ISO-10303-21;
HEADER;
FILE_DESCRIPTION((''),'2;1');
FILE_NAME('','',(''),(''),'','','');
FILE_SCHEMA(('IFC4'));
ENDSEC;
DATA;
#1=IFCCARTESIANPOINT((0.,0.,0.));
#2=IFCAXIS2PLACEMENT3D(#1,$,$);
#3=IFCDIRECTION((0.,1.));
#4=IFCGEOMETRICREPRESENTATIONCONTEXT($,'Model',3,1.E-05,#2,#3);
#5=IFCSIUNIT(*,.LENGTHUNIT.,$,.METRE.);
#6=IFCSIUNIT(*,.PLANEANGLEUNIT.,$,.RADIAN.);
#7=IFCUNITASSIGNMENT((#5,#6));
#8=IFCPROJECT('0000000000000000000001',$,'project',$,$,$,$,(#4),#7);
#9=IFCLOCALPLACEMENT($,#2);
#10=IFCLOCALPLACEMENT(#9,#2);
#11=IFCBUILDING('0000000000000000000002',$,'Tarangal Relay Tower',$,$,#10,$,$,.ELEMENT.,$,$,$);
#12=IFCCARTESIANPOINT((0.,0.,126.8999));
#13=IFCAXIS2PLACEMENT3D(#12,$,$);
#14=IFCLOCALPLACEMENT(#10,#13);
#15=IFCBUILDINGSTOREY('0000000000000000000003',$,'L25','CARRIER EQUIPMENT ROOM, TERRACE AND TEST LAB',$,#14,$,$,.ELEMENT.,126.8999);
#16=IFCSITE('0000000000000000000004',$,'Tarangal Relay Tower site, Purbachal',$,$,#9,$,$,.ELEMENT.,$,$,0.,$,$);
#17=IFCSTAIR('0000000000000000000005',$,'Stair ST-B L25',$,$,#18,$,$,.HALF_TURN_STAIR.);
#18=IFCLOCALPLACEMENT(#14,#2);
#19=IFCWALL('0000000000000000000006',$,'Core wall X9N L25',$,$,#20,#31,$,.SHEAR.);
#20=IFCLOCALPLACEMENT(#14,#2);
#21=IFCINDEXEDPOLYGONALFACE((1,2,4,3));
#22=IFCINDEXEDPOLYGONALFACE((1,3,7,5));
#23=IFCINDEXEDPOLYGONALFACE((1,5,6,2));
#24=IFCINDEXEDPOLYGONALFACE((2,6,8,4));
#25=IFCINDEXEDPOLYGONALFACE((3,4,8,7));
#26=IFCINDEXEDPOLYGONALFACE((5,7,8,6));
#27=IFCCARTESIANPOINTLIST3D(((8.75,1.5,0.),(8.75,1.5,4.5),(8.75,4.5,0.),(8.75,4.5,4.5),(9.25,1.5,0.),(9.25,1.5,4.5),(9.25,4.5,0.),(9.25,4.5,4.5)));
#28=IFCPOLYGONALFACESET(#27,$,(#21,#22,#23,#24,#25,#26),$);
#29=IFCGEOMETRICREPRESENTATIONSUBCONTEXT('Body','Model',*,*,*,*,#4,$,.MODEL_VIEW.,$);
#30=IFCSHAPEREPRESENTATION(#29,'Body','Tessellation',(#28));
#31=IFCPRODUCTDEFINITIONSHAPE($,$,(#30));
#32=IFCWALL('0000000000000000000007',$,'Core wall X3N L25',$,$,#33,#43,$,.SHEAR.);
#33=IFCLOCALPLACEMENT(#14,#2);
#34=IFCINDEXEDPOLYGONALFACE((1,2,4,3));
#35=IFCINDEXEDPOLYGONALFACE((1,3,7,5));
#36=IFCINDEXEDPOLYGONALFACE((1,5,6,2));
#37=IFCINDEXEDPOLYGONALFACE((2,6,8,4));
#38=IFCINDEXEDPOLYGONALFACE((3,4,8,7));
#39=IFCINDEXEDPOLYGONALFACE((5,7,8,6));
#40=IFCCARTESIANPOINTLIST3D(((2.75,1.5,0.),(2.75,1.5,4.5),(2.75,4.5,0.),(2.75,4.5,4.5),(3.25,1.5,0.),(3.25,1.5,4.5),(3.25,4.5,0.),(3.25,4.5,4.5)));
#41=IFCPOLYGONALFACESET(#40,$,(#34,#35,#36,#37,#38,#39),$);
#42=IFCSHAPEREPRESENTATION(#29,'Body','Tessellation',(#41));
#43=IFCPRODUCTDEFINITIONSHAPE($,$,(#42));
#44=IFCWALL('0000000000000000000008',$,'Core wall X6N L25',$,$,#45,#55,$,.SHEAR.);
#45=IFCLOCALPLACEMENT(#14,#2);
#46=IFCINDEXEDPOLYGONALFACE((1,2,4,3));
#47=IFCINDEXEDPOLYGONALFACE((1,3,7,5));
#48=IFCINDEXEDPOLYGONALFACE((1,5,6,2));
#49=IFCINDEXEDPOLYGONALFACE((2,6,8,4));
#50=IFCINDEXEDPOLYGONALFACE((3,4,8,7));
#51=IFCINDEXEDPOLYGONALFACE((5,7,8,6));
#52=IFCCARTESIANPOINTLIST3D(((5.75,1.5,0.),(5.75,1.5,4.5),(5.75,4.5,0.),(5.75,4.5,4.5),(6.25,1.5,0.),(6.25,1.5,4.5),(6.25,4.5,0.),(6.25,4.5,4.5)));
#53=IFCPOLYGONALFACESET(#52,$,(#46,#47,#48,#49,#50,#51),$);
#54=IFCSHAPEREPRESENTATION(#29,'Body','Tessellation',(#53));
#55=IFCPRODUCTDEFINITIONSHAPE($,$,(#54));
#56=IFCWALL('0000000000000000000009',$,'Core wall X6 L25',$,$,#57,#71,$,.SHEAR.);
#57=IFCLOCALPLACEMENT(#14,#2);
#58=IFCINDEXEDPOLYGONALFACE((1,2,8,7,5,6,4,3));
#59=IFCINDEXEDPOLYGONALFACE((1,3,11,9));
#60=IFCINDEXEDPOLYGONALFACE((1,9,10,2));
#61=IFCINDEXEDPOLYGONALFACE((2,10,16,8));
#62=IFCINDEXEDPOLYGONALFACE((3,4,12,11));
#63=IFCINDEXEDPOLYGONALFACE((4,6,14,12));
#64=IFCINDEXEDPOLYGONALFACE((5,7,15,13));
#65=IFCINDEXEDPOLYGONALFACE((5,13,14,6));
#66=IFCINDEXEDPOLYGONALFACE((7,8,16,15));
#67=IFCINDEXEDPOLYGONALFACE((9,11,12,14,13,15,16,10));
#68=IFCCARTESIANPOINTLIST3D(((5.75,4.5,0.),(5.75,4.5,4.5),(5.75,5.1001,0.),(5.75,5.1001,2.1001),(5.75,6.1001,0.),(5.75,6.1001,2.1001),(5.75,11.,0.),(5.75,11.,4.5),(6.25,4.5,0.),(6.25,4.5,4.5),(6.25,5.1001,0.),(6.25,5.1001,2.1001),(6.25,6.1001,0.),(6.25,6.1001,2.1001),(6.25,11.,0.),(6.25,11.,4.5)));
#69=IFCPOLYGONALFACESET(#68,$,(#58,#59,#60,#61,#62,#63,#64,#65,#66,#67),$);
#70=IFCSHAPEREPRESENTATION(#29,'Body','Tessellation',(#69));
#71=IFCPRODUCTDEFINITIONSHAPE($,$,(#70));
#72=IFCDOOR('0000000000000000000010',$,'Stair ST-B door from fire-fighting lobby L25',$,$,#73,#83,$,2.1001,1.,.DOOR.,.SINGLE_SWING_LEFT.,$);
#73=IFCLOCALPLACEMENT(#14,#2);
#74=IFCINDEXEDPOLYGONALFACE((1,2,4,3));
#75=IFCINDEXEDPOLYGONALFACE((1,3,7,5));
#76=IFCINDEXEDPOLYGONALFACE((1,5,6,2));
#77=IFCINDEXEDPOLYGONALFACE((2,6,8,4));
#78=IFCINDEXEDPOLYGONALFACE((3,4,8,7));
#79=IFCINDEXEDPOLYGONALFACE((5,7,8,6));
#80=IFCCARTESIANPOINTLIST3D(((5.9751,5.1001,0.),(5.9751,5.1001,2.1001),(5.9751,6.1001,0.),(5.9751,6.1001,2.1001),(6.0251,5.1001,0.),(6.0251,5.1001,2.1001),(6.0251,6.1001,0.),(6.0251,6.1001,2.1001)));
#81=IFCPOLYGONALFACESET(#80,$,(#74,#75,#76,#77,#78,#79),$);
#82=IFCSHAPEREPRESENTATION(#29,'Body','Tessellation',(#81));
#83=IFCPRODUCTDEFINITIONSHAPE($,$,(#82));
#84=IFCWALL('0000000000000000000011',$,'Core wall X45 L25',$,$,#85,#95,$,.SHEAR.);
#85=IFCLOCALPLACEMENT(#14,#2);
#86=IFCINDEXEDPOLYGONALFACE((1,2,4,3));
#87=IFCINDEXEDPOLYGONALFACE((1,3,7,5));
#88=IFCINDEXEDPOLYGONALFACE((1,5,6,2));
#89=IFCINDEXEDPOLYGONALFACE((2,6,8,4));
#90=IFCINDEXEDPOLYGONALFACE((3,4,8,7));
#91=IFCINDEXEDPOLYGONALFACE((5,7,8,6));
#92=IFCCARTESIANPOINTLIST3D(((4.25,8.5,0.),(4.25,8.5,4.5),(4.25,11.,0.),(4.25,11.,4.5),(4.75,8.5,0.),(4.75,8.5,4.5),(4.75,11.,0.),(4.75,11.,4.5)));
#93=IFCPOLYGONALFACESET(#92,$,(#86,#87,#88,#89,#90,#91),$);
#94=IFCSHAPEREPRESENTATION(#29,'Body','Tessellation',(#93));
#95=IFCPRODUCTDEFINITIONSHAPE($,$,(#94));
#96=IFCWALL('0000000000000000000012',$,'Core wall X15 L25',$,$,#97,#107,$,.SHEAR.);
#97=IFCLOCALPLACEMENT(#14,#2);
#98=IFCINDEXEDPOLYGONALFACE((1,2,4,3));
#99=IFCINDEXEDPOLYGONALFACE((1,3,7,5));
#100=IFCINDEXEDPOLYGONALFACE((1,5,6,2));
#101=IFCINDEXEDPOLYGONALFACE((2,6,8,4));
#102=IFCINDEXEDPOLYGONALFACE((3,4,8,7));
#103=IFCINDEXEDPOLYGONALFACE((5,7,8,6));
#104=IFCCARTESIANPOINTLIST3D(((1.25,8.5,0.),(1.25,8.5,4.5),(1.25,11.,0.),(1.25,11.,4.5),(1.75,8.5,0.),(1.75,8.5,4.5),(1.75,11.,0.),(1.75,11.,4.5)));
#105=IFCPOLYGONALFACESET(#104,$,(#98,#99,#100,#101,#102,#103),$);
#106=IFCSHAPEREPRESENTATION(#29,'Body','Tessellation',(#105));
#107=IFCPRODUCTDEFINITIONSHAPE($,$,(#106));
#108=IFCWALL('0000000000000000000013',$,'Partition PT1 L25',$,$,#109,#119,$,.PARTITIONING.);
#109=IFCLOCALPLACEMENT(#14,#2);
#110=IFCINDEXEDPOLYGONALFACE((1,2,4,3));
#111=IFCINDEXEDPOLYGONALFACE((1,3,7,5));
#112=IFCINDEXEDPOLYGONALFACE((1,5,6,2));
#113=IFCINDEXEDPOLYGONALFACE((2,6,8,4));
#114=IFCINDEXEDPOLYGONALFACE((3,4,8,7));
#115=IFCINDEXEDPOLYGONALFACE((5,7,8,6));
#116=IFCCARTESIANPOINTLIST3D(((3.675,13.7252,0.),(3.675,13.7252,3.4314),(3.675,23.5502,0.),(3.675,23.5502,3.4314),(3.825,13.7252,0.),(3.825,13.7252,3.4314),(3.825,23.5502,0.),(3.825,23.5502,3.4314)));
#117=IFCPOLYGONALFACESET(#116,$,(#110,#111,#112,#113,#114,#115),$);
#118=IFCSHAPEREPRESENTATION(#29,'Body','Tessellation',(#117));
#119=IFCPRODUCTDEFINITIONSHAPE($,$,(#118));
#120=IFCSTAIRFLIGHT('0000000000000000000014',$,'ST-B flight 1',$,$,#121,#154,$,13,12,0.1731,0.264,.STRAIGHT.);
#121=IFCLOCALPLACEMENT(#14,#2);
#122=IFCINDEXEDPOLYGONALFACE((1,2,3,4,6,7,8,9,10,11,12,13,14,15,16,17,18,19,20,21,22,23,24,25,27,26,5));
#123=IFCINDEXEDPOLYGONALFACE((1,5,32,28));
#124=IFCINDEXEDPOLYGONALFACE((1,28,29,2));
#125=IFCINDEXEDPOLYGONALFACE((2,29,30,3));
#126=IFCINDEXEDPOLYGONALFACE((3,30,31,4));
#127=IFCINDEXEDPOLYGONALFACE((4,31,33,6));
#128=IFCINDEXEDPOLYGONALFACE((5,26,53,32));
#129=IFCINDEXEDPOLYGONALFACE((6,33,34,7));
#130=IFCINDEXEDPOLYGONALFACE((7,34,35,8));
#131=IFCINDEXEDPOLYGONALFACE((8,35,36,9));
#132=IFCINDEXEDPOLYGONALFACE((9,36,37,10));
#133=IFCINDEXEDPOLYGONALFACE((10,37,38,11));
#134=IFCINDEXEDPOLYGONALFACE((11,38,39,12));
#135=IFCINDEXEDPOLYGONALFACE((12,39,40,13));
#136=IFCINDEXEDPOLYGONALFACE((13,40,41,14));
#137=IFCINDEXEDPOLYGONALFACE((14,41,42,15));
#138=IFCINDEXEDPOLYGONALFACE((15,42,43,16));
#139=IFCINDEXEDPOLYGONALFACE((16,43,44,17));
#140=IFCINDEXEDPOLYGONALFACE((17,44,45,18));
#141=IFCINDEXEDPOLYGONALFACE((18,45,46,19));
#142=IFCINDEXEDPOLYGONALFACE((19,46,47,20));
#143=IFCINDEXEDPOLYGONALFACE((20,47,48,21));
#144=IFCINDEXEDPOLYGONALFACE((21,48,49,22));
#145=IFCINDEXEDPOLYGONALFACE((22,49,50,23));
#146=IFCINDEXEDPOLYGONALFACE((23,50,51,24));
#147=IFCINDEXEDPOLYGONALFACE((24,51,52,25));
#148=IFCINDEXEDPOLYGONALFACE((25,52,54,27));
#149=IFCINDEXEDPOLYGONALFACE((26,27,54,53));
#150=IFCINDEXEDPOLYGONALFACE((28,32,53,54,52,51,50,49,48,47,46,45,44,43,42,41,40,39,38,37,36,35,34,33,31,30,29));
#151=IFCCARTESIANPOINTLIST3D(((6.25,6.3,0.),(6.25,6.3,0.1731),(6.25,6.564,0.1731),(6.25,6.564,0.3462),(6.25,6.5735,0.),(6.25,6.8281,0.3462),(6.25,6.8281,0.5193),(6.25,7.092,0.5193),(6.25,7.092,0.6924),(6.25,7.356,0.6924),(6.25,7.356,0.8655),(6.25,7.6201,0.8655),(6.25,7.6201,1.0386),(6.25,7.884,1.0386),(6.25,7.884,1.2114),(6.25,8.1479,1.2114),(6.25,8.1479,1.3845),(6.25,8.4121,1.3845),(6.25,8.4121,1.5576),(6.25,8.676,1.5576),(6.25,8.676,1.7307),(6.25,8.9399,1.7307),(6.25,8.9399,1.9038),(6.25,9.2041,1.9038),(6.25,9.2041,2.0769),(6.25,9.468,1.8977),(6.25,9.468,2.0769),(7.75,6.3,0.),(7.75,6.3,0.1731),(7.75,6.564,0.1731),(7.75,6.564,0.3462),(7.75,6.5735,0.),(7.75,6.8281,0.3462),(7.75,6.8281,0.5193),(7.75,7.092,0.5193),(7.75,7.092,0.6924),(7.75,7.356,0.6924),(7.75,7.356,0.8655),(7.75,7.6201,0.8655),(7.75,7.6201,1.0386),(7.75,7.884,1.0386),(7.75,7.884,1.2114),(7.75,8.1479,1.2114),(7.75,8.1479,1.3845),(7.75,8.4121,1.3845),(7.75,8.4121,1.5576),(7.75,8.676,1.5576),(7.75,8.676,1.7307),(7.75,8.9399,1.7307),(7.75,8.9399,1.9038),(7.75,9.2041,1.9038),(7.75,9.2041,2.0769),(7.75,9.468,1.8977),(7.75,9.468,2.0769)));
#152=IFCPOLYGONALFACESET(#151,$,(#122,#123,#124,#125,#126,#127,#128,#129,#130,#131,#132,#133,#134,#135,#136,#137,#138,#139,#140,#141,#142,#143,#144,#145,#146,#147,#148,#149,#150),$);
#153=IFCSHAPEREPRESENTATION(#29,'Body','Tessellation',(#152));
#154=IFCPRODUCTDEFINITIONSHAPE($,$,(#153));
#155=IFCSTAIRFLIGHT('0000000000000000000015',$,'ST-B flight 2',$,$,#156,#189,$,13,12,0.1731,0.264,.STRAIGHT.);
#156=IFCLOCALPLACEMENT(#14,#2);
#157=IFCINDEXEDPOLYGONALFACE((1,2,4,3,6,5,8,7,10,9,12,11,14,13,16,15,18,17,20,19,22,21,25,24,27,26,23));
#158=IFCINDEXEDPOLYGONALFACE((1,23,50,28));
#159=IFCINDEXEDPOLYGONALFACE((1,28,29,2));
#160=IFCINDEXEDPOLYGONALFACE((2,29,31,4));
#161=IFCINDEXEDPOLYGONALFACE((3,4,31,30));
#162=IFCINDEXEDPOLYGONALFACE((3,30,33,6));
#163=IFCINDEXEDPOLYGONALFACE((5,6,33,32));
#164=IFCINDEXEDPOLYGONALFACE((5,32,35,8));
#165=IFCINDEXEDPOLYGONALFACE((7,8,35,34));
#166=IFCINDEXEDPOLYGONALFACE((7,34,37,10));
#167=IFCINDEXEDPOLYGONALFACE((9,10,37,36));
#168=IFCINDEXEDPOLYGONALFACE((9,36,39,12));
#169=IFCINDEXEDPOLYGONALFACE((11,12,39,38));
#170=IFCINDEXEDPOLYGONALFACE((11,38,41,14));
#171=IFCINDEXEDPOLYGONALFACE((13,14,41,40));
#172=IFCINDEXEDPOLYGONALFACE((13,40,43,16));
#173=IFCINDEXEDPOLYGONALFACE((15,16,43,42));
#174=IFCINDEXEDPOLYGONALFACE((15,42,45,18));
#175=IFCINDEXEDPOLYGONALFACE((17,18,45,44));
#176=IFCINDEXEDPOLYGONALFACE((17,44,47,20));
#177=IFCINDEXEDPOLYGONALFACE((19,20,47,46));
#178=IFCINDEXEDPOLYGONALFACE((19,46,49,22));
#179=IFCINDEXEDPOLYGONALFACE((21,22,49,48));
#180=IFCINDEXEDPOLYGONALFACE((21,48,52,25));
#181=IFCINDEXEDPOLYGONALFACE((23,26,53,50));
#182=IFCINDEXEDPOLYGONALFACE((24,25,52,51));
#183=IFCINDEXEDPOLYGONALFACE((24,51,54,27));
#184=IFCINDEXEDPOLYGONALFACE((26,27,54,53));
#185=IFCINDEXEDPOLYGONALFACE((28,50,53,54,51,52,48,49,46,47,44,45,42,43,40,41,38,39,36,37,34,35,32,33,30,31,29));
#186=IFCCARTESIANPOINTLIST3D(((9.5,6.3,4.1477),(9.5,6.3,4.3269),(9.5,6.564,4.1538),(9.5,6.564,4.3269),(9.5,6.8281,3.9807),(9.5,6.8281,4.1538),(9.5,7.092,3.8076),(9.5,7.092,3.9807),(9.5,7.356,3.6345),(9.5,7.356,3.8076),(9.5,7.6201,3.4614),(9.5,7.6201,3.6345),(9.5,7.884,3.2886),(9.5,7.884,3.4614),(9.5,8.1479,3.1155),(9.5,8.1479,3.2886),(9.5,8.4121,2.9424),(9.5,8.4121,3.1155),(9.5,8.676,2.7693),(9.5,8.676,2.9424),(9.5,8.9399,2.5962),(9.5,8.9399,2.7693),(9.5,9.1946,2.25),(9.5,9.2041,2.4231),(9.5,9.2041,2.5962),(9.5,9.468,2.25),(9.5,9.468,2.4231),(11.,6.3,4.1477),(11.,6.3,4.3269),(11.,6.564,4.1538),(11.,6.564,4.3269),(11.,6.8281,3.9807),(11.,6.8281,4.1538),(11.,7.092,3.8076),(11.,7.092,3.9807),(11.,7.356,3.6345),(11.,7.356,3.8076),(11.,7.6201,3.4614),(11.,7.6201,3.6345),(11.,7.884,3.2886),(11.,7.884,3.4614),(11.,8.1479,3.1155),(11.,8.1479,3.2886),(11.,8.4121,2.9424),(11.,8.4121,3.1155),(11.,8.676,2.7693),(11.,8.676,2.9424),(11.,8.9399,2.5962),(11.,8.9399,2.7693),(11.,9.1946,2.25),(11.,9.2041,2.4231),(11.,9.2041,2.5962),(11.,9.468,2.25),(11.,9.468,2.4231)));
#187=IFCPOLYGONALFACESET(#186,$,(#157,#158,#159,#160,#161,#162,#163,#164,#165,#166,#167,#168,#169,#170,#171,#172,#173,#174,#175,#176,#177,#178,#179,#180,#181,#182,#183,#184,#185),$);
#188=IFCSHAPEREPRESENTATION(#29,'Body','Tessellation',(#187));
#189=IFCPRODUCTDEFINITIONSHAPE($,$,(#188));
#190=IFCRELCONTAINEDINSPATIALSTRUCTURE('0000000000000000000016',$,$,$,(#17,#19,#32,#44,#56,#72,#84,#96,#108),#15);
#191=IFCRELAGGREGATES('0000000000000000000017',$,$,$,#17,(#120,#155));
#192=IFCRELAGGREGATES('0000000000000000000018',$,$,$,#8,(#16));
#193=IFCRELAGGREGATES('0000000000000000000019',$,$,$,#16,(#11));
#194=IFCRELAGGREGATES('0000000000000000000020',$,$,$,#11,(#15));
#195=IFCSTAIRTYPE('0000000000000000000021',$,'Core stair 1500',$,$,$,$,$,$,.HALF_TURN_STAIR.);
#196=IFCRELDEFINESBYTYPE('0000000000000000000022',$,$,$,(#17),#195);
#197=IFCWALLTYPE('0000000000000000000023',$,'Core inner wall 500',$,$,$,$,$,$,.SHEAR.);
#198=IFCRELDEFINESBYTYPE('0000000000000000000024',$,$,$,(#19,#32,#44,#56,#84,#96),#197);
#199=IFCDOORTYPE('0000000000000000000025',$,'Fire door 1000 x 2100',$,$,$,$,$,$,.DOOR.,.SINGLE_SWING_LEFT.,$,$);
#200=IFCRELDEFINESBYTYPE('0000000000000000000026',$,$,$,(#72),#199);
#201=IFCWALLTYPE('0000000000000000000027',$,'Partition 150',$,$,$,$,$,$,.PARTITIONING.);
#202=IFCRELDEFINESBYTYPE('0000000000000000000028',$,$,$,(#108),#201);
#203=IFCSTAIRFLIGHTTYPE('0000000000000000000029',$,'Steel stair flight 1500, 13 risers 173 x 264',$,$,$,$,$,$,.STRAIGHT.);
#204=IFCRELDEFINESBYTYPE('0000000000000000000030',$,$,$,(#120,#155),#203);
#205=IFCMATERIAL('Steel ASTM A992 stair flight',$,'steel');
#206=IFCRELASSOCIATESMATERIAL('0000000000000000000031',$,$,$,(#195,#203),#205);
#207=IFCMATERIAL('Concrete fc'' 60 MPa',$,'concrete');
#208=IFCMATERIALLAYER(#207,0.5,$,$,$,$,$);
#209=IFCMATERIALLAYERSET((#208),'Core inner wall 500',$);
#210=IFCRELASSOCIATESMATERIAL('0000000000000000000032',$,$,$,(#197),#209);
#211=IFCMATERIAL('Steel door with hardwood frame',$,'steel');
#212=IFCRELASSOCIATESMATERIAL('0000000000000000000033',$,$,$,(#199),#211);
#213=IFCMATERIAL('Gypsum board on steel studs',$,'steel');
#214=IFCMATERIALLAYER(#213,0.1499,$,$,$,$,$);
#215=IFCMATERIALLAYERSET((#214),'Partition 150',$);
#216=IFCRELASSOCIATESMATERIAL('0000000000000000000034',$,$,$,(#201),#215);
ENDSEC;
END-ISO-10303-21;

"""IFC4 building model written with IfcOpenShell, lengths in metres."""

from ifc_helpers import new_model, si_unit, direction, frame, frame_2d, origin, place, context, subcontext, project, spatial, polyline, rectangle, outline, extrude, material, layer, layer_set, type_object, element, fill, aggregate, save


model = new_model("IFC4")

# Units and contexts
model_context = context("Model", 3, precision=1e-05, world=origin(), true_north=direction((0.0, 1.0)))
body_context = subcontext(model_context, "Body", "Model", "MODEL_VIEW")
ifc_project = project(units=[si_unit("LENGTHUNIT", "METRE"), si_unit("PLANEANGLEUNIT", "RADIAN")], contexts=[model_context])

# Site, building, storey
site_placement = place(None, origin())
site = spatial("IfcSite", under=ifc_project, at=site_placement, Name="Tarangal Relay Tower site, Purbachal", CompositionType="ELEMENT", RefElevation=0.0)
building_placement = place(site_placement, origin())
building = spatial("IfcBuilding", under=site, at=building_placement, Name="Tarangal Relay Tower", CompositionType="ELEMENT")
storey_placement = place(building_placement, frame((0.0, 0.0, 126.8999)))
storey = spatial("IfcBuildingStorey", under=building, at=storey_placement, Name="L25", Description="CARRIER EQUIPMENT ROOM, TERRACE AND TEST LAB", CompositionType="ELEMENT", Elevation=126.8999)

# Stair
ifc_material_1 = material(Name="Steel ASTM A992 stair flight", Category="steel")
stair_type = type_object("IfcStairType", Name="Core stair 1500", PredefinedType="HALF_TURN_STAIR", material=ifc_material_1)
stair_1_placement = place(storey_placement, origin())
stair_1 = element("IfcStair", 1, at=stair_1_placement, inside=storey, type_object=stair_type, Name="Stair ST-B L25", PredefinedType="HALF_TURN_STAIR")

# Walls
ifc_material_2 = material(Name="Concrete fc' 60 MPa", Category="concrete")
ifc_layer_1 = layer(ifc_material_2, 0.5)
ifc_layer_set_1 = layer_set([ifc_layer_1], Name="Core inner wall 500")
wall_type_1 = type_object("IfcWallType", Name="Core inner wall 500", PredefinedType="SHEAR", material=ifc_layer_set_1)
for number, where, z_axis, x_axis, name in (
    (2, (9.0, 1.5, 0.0), (0.0, 0.0, 1.0), (0.0, 1.0, 0.0), "Core wall X9N L25"),
    (3, (3.0, 1.5, 0.0), (0.0, 0.0, 1.0), (0.0, 1.0, 0.0), "Core wall X3N L25"),
    (4, (6.0, 1.5, 0.0), (0.0, 0.0, 1.0), (0.0, 1.0, 0.0), "Core wall X6N L25"),
):
    element("IfcWall", number, at=place(storey_placement, frame(where, z_axis=z_axis, x_axis=x_axis)), inside=storey, type_object=wall_type_1, Name=name, PredefinedType="SHEAR", context=body_context, shape_type="SweptSolid", body=[
        extrude(rectangle(XDim=3.0, YDim=0.5, at=frame_2d((1.5, 0.0))), origin(), (0.0, 0.0, 1.0), 4.5),
    ])

# Wall, opening, door
wall_1_placement = place(storey_placement, frame((6.0, 4.5, 0.0), z_axis=(0.0, 0.0, 1.0), x_axis=(0.0, 1.0, 0.0)))
wall_1 = element("IfcWall", 5, at=wall_1_placement, inside=storey, type_object=wall_type_1, Name="Core wall X6 L25", PredefinedType="SHEAR", context=body_context, shape_type="SweptSolid", body=[
    extrude(rectangle(XDim=6.5, YDim=0.5, at=frame_2d((3.25, 0.0))), origin(), (0.0, 0.0, 1.0), 4.5),
])
opening_placement = place(wall_1_placement, frame((0.6001, 0.0, 0.0)))
opening = element("IfcOpeningElement", 6, at=opening_placement, cuts=wall_1, PredefinedType="OPENING", context=body_context, shape_type="SweptSolid", body=[
    extrude(rectangle(XDim=1.0, YDim=2.1001, at=frame_2d((0.5, 1.05))), frame((0.0, 0.26, 0.0), z_axis=(0.0, -1.0, 0.0), x_axis=(1.0, 0.0, 0.0)), (0.0, 0.0, 1.0), 0.52),
])
ifc_material_3 = material(Name="Steel door with hardwood frame", Category="steel")
door_type = type_object("IfcDoorType", Name="Fire door 1000 x 2100", OperationType="SINGLE_SWING_LEFT", PredefinedType="DOOR", material=ifc_material_3)
door_placement = place(opening_placement, origin())
door = element("IfcDoor", 7, at=door_placement, inside=storey, type_object=door_type, Name="Stair ST-B door from fire-fighting lobby L25", OperationType="SINGLE_SWING_LEFT", OverallHeight=2.1001, OverallWidth=1.0, PredefinedType="DOOR", context=body_context, shape_type="SweptSolid", body=[
    extrude(rectangle(XDim=1.0, YDim=2.1001, at=frame_2d((0.5, 1.05))), frame((0.0, 0.0249, 0.0), z_axis=(0.0, -1.0, 0.0), x_axis=(1.0, 0.0, 0.0)), (0.0, 0.0, 1.0), 0.05),
])
fill(opening, door)

# Walls
for number, where, z_axis, x_axis, name in (
    (8, (4.5, 8.5, 0.0), (0.0, 0.0, 1.0), (0.0, 1.0, 0.0), "Core wall X45 L25"),
    (9, (1.5, 8.5, 0.0), (0.0, 0.0, 1.0), (0.0, 1.0, 0.0), "Core wall X15 L25"),
):
    element("IfcWall", number, at=place(storey_placement, frame(where, z_axis=z_axis, x_axis=x_axis)), inside=storey, type_object=wall_type_1, Name=name, PredefinedType="SHEAR", context=body_context, shape_type="SweptSolid", body=[
        extrude(rectangle(XDim=2.5, YDim=0.5, at=frame_2d((1.25, 0.0))), origin(), (0.0, 0.0, 1.0), 4.5),
    ])
ifc_material_4 = material(Name="Gypsum board on steel studs", Category="steel")
ifc_layer_2 = layer(ifc_material_4, 0.1499)
ifc_layer_set_2 = layer_set([ifc_layer_2], Name="Partition 150")
wall_type_2 = type_object("IfcWallType", Name="Partition 150", PredefinedType="PARTITIONING", material=ifc_layer_set_2)
wall_2_placement = place(storey_placement, frame((3.75, 13.7251, 0.0), z_axis=(0.0, 0.0, 1.0), x_axis=(0.0, 1.0, 0.0)))
element("IfcWall", 10, at=wall_2_placement, inside=storey, type_object=wall_type_2, Name="Partition PT1 L25", PredefinedType="PARTITIONING", context=body_context, shape_type="SweptSolid", body=[
    extrude(rectangle(XDim=9.825, YDim=0.1499, at=frame_2d((4.9126, 0.0))), origin(), (0.0, 0.0, 1.0), 3.4314),
])

# Stair flights
stair_flight_type = type_object("IfcStairFlightType", Name="Steel stair flight 1500, 13 risers 173 x 264", PredefinedType="STRAIGHT", material=ifc_material_1)
stair_flight_1_placement = place(storey_placement, frame((7.0, 6.3, 0.0), z_axis=(0.0, 0.0, 1.0), x_axis=(0.0, 1.0, 0.0)))
stair_flight_1 = element("IfcStairFlight", 11, at=stair_flight_1_placement, type_object=stair_flight_type, Name="ST-B flight 1", NumberOfRisers=13, NumberOfTreads=12, PredefinedType="STRAIGHT", RiserHeight=0.1731, TreadLength=0.264, context=body_context, shape_type="SweptSolid", body=[
    extrude(outline(polyline([(0.0, 0.0), (0.0, 0.1731), (0.2639, 0.1731), (0.2639, 0.3462), (0.5281, 0.3462), (0.5281, 0.5193), (0.792, 0.5193), (0.792, 0.6924), (1.0559, 0.6924), (1.0559, 0.8655), (1.3201, 0.8655), (1.3201, 1.0386), (1.584, 1.0386), (1.584, 1.2114), (1.8479, 1.2114), (1.8479, 1.3845), (2.1121, 1.3845), (2.1121, 1.5576), (2.376, 1.5576), (2.376, 1.7307), (2.6399, 1.7307), (2.6399, 1.9038), (2.9041, 1.9038), (2.9041, 2.0769), (3.168, 2.0769), (3.168, 2.25), (3.168, 1.8977), (0.2734, 0.0), (0.0, 0.0)])), frame((0.0, 0.75, 0.0), z_axis=(0.0, -1.0, 0.0), x_axis=(1.0, 0.0, 0.0)), (0.0, 0.0, 1.0), 1.5),
])
stair_flight_2_placement = place(storey_placement, frame((10.25, 9.468, 2.25), z_axis=(0.0, 0.0, 1.0), x_axis=(0.0, -1.0, 0.0)))
stair_flight_2 = element("IfcStairFlight", 12, at=stair_flight_2_placement, type_object=stair_flight_type, Name="ST-B flight 2", NumberOfRisers=13, NumberOfTreads=12, PredefinedType="STRAIGHT", RiserHeight=0.1731, TreadLength=0.264, context=body_context, shape_type="SweptSolid", body=[
    extrude(outline(polyline([(0.0, 0.0), (0.0, 0.1731), (0.2639, 0.1731), (0.2639, 0.3462), (0.5281, 0.3462), (0.5281, 0.5193), (0.792, 0.5193), (0.792, 0.6924), (1.0559, 0.6924), (1.0559, 0.8655), (1.3201, 0.8655), (1.3201, 1.0386), (1.584, 1.0386), (1.584, 1.2114), (1.8479, 1.2114), (1.8479, 1.3845), (2.1121, 1.3845), (2.1121, 1.5576), (2.376, 1.5576), (2.376, 1.7307), (2.6399, 1.7307), (2.6399, 1.9038), (2.9041, 1.9038), (2.9041, 2.0769), (3.168, 2.0769), (3.168, 2.25), (3.168, 1.8977), (0.2734, 0.0), (0.0, 0.0)])), frame((0.0, 0.75, 0.0), z_axis=(0.0, -1.0, 0.0), x_axis=(1.0, 0.0, 0.0)), (0.0, 0.0, 1.0), 1.5),
])
aggregate(stair_1, [stair_flight_1, stair_flight_2])

save(model, "model.ifc")
